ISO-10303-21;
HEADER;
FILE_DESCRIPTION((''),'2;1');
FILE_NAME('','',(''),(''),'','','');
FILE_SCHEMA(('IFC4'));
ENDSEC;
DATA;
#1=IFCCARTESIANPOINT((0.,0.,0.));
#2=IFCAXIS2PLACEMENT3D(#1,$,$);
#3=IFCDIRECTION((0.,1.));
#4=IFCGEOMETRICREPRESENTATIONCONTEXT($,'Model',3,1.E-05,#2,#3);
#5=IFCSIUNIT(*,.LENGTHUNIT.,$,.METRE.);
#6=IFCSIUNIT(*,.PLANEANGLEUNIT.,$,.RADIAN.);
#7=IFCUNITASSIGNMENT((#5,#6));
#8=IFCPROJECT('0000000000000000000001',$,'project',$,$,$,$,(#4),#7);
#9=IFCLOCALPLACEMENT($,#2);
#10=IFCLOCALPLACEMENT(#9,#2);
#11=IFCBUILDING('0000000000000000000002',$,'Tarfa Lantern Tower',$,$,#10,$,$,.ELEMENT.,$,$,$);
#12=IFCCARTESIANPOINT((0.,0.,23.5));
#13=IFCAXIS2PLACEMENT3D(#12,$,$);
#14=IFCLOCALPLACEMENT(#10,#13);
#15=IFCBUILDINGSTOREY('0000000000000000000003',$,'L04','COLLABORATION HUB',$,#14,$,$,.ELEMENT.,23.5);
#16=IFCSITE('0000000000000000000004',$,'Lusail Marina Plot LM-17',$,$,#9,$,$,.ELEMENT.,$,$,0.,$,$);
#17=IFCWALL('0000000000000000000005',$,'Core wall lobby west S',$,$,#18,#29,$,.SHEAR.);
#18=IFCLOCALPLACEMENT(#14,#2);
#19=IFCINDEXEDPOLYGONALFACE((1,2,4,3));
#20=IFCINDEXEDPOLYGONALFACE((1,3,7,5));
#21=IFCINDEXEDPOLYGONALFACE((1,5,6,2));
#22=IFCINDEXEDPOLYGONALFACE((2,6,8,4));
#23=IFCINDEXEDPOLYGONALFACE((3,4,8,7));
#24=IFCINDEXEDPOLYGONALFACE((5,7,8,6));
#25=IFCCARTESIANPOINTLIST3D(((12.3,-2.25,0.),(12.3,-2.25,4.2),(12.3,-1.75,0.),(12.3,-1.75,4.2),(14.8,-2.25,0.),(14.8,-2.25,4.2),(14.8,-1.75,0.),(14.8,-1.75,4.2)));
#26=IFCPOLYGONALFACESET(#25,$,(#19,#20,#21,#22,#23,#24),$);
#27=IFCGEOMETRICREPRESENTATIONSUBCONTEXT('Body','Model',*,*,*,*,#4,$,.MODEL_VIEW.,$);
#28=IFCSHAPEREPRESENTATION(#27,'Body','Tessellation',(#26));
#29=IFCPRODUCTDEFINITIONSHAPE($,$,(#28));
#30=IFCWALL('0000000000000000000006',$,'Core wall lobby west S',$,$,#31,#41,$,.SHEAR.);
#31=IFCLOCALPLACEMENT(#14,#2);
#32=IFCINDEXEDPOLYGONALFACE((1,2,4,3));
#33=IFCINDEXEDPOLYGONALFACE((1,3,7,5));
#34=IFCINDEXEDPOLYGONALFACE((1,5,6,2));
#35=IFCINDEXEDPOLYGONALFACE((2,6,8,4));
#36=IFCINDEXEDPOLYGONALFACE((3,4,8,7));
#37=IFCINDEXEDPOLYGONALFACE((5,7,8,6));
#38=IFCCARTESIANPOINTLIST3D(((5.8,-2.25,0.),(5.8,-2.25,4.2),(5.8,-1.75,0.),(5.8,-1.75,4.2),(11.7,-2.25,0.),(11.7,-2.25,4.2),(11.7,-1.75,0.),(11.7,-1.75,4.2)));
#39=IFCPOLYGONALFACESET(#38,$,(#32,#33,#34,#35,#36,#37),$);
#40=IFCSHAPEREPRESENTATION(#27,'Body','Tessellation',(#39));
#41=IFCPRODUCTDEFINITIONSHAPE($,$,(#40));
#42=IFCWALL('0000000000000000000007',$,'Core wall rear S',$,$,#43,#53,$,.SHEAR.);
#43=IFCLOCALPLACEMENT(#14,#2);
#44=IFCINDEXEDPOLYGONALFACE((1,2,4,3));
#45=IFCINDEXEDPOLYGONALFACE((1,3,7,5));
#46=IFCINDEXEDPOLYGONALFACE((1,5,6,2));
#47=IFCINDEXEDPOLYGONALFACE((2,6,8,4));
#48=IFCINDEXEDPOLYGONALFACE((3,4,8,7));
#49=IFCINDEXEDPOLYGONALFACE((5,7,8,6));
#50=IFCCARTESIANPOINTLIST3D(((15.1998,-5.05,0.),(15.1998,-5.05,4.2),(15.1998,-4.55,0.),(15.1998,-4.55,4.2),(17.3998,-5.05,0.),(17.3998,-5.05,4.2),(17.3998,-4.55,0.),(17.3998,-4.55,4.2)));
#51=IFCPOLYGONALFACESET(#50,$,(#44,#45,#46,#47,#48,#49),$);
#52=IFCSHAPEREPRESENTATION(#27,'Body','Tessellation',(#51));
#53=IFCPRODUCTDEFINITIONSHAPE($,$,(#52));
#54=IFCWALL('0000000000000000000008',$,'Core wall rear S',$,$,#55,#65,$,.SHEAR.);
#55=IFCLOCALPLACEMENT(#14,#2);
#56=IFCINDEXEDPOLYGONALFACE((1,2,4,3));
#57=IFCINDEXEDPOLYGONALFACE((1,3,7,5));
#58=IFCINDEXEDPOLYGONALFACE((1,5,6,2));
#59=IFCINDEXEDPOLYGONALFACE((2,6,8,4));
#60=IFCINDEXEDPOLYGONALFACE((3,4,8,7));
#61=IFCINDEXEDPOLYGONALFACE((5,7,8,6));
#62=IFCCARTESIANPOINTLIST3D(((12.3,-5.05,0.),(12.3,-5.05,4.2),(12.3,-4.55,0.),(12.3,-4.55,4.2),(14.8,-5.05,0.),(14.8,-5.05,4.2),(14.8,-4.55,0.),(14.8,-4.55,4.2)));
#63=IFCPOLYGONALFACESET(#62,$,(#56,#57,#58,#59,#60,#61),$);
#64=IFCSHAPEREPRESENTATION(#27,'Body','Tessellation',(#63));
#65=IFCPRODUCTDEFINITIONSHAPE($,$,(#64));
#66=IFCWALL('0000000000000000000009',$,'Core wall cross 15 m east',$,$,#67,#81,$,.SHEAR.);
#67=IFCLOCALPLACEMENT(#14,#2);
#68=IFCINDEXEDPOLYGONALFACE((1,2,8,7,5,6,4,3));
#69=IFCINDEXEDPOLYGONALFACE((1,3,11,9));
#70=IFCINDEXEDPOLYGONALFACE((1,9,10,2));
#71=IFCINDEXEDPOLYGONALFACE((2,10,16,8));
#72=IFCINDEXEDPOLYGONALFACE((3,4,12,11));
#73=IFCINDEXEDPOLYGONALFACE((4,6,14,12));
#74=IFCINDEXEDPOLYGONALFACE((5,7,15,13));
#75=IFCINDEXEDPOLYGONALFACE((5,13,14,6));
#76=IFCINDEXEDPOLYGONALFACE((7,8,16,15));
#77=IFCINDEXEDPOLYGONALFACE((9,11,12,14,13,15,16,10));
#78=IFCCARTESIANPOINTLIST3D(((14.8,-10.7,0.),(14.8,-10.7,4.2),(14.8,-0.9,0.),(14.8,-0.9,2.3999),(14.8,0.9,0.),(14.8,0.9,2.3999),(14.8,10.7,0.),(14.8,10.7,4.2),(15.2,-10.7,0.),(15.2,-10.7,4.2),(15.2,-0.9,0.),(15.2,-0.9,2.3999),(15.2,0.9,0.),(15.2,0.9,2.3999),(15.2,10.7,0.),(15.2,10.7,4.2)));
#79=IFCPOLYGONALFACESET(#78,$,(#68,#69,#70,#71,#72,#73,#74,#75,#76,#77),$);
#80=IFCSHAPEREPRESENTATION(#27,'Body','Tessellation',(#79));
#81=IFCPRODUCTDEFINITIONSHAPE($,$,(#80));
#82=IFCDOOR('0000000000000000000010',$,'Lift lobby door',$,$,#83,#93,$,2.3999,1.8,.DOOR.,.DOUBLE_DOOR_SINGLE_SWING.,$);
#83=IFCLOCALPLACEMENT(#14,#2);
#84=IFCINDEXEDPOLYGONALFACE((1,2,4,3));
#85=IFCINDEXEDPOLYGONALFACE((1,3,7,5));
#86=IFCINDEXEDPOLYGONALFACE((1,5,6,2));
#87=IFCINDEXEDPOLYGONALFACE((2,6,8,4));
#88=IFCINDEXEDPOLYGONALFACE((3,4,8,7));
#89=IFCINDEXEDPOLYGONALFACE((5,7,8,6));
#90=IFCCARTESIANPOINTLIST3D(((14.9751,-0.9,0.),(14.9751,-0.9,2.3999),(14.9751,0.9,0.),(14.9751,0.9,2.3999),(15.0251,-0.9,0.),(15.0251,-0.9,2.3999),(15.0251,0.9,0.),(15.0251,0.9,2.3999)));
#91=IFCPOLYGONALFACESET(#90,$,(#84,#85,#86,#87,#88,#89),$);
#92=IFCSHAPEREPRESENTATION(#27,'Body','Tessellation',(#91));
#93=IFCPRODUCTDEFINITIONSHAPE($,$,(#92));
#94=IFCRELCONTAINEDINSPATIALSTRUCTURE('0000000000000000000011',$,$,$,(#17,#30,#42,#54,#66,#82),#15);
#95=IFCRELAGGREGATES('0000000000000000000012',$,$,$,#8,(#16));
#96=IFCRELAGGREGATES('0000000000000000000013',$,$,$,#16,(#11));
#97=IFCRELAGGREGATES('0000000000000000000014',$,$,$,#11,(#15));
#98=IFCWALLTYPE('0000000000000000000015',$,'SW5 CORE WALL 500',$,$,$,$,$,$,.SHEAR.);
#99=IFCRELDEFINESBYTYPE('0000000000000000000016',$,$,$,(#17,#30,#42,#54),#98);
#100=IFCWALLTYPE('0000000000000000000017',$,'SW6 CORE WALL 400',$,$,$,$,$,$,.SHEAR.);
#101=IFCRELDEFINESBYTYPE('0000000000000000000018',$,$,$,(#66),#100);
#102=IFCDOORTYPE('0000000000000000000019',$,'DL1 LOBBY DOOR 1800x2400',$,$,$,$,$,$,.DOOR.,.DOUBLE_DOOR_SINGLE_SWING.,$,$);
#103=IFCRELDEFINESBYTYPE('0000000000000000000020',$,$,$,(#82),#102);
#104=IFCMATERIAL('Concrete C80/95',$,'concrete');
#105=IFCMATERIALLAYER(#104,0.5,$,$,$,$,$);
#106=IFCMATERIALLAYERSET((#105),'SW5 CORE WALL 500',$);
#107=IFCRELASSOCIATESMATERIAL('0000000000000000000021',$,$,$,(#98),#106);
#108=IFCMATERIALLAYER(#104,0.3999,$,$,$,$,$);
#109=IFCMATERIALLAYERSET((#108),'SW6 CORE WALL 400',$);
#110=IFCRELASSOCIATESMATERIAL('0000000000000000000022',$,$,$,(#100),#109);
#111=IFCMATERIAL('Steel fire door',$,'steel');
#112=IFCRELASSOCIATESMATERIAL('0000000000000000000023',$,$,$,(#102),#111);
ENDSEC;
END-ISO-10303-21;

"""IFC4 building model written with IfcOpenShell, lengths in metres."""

from ifc_helpers import new_model, si_unit, direction, frame, frame_2d, origin, place, context, subcontext, project, spatial, rectangle, extrude, material, layer, layer_set, type_object, element, fill, save


model = new_model("IFC4")

# Units and contexts
model_context = context("Model", 3, precision=1e-05, world=origin(), true_north=direction((0.0, 1.0)))
body_context = subcontext(model_context, "Body", "Model", "MODEL_VIEW")
ifc_project = project(units=[si_unit("LENGTHUNIT", "METRE"), si_unit("PLANEANGLEUNIT", "RADIAN")], contexts=[model_context])

# Site, building, storey
site_placement = place(None, origin())
site = spatial("IfcSite", under=ifc_project, at=site_placement, Name="Lusail Marina Plot LM-17", CompositionType="ELEMENT", RefElevation=0.0)
building_placement = place(site_placement, origin())
building = spatial("IfcBuilding", under=site, at=building_placement, Name="Tarfa Lantern Tower", CompositionType="ELEMENT")
storey_placement = place(building_placement, frame((0.0, 0.0, 23.5)))
storey = spatial("IfcBuildingStorey", under=building, at=storey_placement, Name="L04", Description="COLLABORATION HUB", CompositionType="ELEMENT", Elevation=23.5)

# Walls
ifc_material_1 = material(Name="Concrete C80/95", Category="concrete")
ifc_layer_1 = layer(ifc_material_1, 0.5)
ifc_layer_set_1 = layer_set([ifc_layer_1], Name="SW5 CORE WALL 500")
wall_type_1 = type_object("IfcWallType", Name="SW5 CORE WALL 500", PredefinedType="SHEAR", material=ifc_layer_set_1)
wall_1_placement = place(storey_placement, frame((14.8, -2.0, 0.0), z_axis=(0.0, 0.0, 1.0), x_axis=(-1.0, 0.0, 0.0)))
element("IfcWall", 1, at=wall_1_placement, inside=storey, type_object=wall_type_1, Name="Core wall lobby west S", PredefinedType="SHEAR", context=body_context, shape_type="SweptSolid", body=[
    extrude(rectangle(XDim=2.5, YDim=0.5, at=frame_2d((1.25, 0.0))), origin(), (0.0, 0.0, 1.0), 4.2),
])
wall_2_placement = place(storey_placement, frame((11.7, -2.0, 0.0), z_axis=(0.0, 0.0, 1.0), x_axis=(-1.0, 0.0, 0.0)))
element("IfcWall", 2, at=wall_2_placement, inside=storey, type_object=wall_type_1, Name="Core wall lobby west S", PredefinedType="SHEAR", context=body_context, shape_type="SweptSolid", body=[
    extrude(rectangle(XDim=5.8999, YDim=0.5, at=frame_2d((2.95, 0.0))), origin(), (0.0, 0.0, 1.0), 4.2),
])
wall_3_placement = place(storey_placement, frame((17.3999, -4.8, 0.0), z_axis=(0.0, 0.0, 1.0), x_axis=(-1.0, 0.0, 0.0)))
element("IfcWall", 3, at=wall_3_placement, inside=storey, type_object=wall_type_1, Name="Core wall rear S", PredefinedType="SHEAR", context=body_context, shape_type="SweptSolid", body=[
    extrude(rectangle(XDim=2.2, YDim=0.5, at=frame_2d((1.1001, 0.0))), origin(), (0.0, 0.0, 1.0), 4.2),
])
wall_4_placement = place(storey_placement, frame((14.8, -4.8, 0.0), z_axis=(0.0, 0.0, 1.0), x_axis=(-1.0, 0.0, 0.0)))
element("IfcWall", 4, at=wall_4_placement, inside=storey, type_object=wall_type_1, Name="Core wall rear S", PredefinedType="SHEAR", context=body_context, shape_type="SweptSolid", body=[
    extrude(rectangle(XDim=2.5, YDim=0.5, at=frame_2d((1.25, 0.0))), origin(), (0.0, 0.0, 1.0), 4.2),
])

# Wall, opening, door
ifc_layer_2 = layer(ifc_material_1, 0.3999)
ifc_layer_set_2 = layer_set([ifc_layer_2], Name="SW6 CORE WALL 400")
wall_type_2 = type_object("IfcWallType", Name="SW6 CORE WALL 400", PredefinedType="SHEAR", material=ifc_layer_set_2)
wall_5_placement = place(storey_placement, frame((15.0, -10.7, 0.0), z_axis=(0.0, 0.0, 1.0), x_axis=(0.0, 1.0, 0.0)))
wall_5 = element("IfcWall", 5, at=wall_5_placement, inside=storey, type_object=wall_type_2, Name="Core wall cross 15 m east", PredefinedType="SHEAR", context=body_context, shape_type="SweptSolid", body=[
    extrude(rectangle(XDim=21.3999, YDim=0.3999, at=frame_2d((10.7, 0.0))), origin(), (0.0, 0.0, 1.0), 4.2),
])
opening_1_placement = place(wall_5_placement, frame((9.8, 0.0, 0.0)))
opening_1 = element("IfcOpeningElement", 6, at=opening_1_placement, cuts=wall_5, PredefinedType="OPENING", context=body_context, shape_type="SweptSolid", body=[
    extrude(rectangle(XDim=1.8, YDim=2.3999, at=frame_2d((0.8999, 1.2))), frame((0.0, 0.21, 0.0), z_axis=(0.0, -1.0, 0.0), x_axis=(1.0, 0.0, 0.0)), (0.0, 0.0, 1.0), 0.4199),
])
ifc_material_2 = material(Name="Steel fire door", Category="steel")
door_type = type_object("IfcDoorType", Name="DL1 LOBBY DOOR 1800x2400", OperationType="DOUBLE_DOOR_SINGLE_SWING", PredefinedType="DOOR", material=ifc_material_2)
door_1_placement = place(opening_1_placement, origin())
door_1 = element("IfcDoor", 7, at=door_1_placement, inside=storey, type_object=door_type, Name="Lift lobby door", OperationType="DOUBLE_DOOR_SINGLE_SWING", OverallHeight=2.3999, OverallWidth=1.8, PredefinedType="DOOR", context=body_context, shape_type="SweptSolid", body=[
    extrude(rectangle(XDim=1.8, YDim=2.3999, at=frame_2d((0.8999, 1.2))), frame((0.0, 0.0249, 0.0), z_axis=(0.0, -1.0, 0.0), x_axis=(1.0, 0.0, 0.0)), (0.0, 0.0, 1.0), 0.05),
])
fill(opening_1, door_1)

save(model, "model.ifc")
